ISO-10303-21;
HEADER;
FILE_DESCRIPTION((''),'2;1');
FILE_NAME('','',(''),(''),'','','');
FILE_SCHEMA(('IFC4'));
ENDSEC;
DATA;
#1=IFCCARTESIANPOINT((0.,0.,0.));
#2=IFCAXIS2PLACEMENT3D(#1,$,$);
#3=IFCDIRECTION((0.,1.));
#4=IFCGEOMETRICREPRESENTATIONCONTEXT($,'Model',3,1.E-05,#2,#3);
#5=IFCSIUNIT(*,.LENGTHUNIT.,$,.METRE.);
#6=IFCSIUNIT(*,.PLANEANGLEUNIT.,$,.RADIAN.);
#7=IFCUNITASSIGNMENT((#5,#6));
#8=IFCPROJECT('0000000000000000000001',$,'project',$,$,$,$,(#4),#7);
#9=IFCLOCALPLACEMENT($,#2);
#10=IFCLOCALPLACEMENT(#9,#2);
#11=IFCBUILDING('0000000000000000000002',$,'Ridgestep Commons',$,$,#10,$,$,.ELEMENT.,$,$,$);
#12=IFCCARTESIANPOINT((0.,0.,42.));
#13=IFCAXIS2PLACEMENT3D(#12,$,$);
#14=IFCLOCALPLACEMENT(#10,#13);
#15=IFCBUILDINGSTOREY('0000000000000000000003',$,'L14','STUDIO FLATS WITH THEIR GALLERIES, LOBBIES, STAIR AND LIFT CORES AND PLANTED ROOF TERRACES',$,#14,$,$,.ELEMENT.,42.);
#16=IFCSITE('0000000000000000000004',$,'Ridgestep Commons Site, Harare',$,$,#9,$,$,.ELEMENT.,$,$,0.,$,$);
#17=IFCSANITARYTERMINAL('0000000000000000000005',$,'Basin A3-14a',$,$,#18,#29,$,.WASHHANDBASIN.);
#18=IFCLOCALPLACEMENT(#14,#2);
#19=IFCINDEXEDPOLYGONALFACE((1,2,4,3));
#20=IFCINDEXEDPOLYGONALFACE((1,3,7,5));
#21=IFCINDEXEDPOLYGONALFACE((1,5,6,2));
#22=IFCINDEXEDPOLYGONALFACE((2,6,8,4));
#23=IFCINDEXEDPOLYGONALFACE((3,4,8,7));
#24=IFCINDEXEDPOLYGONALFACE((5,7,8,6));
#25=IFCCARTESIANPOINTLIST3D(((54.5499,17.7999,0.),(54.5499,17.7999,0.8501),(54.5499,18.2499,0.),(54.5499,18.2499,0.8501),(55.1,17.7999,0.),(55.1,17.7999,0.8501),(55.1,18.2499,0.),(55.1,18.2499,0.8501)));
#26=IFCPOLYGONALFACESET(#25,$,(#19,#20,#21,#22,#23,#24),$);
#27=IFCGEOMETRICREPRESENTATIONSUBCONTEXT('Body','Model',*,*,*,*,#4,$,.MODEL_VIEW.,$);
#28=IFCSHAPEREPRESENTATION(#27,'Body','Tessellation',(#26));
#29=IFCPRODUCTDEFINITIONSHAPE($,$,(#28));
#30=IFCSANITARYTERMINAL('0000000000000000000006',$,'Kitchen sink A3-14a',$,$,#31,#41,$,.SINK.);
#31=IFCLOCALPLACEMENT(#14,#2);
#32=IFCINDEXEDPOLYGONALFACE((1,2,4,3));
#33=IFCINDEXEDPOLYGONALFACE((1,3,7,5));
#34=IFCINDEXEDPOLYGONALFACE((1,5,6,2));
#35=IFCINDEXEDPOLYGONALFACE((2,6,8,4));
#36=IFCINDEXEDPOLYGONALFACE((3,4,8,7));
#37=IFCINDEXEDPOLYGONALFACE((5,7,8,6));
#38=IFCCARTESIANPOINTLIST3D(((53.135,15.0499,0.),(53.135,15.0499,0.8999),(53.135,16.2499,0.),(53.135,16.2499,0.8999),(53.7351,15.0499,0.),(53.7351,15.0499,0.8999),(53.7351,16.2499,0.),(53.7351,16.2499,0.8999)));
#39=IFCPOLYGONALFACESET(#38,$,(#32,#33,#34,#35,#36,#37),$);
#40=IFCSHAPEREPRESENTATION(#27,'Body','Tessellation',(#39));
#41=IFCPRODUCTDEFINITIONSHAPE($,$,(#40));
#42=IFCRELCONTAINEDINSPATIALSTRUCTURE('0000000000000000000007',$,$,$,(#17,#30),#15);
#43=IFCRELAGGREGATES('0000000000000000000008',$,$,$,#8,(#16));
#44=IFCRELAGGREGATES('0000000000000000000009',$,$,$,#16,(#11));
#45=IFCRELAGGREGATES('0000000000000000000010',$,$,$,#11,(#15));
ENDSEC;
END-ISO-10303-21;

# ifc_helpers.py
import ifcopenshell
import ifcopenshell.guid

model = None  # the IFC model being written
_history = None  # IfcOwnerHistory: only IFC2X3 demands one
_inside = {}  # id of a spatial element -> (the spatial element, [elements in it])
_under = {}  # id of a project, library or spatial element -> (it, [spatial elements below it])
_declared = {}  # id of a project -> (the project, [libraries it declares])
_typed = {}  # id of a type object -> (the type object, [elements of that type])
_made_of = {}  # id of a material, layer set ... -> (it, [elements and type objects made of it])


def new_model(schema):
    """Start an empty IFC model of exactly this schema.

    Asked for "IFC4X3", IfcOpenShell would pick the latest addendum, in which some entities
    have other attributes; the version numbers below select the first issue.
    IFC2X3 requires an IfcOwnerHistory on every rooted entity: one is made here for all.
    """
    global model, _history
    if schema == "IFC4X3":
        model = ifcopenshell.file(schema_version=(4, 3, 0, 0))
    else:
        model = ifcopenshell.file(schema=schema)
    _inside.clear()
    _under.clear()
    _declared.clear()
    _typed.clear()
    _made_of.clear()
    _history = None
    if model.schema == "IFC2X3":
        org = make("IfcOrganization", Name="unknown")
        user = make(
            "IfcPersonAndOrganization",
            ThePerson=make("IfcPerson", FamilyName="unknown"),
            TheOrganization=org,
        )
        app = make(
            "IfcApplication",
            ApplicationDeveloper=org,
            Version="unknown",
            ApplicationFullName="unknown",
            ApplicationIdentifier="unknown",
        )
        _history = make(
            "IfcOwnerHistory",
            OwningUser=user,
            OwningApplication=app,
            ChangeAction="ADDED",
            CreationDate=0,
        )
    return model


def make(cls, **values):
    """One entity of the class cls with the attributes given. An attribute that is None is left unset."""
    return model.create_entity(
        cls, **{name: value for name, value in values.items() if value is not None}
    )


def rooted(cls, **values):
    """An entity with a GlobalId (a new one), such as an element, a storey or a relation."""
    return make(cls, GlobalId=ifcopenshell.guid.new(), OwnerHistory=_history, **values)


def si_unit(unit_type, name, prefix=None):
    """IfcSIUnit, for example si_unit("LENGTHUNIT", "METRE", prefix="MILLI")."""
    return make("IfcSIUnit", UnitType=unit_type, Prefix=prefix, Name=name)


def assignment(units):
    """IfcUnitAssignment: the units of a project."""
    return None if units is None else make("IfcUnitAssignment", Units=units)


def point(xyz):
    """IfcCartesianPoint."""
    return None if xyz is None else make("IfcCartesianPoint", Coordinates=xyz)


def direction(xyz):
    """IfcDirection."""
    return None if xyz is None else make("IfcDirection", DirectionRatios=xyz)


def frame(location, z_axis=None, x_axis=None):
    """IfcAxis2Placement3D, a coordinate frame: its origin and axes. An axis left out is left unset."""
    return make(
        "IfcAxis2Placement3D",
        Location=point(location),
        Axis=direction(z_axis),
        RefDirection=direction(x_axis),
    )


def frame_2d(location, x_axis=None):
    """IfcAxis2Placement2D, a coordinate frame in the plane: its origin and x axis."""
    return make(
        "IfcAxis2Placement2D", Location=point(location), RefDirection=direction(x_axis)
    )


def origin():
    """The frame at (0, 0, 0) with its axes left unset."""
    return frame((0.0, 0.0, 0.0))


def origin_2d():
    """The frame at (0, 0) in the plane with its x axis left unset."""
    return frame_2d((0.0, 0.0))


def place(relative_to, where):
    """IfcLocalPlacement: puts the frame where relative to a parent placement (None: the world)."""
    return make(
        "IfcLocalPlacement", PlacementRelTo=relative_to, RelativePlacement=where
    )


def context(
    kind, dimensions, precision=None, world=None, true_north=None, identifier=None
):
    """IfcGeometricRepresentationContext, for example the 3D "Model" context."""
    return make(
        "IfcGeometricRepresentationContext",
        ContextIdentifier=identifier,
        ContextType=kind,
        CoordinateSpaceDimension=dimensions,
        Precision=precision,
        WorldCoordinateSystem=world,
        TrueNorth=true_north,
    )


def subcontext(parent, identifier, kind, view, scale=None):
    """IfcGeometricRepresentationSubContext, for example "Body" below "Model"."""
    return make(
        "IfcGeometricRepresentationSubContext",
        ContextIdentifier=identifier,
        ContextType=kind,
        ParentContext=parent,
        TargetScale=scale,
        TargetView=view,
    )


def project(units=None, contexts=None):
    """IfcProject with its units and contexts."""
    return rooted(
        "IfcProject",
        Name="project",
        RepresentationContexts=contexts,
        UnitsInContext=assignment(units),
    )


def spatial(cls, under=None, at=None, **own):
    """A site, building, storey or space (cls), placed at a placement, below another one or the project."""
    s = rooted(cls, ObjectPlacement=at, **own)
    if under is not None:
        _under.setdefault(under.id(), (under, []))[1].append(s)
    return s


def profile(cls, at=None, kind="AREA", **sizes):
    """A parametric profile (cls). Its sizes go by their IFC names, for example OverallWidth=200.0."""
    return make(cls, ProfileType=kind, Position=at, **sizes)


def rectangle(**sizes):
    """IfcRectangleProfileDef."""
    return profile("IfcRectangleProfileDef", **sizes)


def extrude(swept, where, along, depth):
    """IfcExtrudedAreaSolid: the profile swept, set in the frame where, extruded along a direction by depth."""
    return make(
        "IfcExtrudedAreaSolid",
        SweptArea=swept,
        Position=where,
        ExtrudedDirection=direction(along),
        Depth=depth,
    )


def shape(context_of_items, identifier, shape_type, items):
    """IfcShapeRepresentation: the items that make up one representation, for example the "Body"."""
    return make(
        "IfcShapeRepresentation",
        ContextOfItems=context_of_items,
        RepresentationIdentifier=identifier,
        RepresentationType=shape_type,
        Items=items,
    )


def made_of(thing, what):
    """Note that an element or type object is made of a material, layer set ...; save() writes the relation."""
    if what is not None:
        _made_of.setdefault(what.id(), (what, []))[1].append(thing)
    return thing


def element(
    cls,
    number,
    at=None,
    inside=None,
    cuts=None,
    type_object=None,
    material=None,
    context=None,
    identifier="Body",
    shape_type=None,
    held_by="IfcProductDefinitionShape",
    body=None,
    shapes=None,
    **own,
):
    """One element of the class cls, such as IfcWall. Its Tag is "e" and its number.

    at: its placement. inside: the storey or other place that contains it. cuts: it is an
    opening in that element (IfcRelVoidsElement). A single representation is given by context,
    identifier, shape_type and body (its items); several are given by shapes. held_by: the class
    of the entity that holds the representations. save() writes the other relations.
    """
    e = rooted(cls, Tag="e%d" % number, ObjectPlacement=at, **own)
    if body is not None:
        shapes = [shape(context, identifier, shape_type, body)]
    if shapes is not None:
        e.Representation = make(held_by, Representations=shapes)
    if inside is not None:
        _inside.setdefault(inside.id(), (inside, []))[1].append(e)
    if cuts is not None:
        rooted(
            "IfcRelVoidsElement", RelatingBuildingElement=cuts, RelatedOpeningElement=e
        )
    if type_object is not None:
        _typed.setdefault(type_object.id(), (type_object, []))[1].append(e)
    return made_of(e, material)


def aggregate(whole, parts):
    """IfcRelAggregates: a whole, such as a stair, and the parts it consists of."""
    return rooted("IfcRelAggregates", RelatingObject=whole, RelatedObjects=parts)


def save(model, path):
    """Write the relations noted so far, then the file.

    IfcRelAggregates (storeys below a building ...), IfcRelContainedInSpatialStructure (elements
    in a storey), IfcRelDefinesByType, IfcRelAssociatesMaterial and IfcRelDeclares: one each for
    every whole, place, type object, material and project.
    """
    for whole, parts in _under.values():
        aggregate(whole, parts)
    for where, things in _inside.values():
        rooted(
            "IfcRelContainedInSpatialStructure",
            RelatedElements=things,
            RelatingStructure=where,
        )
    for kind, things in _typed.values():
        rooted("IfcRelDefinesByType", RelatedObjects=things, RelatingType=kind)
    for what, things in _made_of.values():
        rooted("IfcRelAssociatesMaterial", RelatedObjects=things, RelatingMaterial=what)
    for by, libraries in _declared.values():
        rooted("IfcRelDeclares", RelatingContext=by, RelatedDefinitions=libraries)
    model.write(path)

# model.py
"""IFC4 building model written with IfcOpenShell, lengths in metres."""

from ifc_helpers import new_model, si_unit, direction, frame, origin, origin_2d, place, context, subcontext, project, spatial, rectangle, extrude, element, save


model = new_model("IFC4")

# Units and contexts
model_context = context("Model", 3, precision=1e-05, world=origin(), true_north=direction((0.0, 1.0)))
body_context = subcontext(model_context, "Body", "Model", "MODEL_VIEW")
ifc_project = project(units=[si_unit("LENGTHUNIT", "METRE"), si_unit("PLANEANGLEUNIT", "RADIAN")], contexts=[model_context])

# Site, building, storey
site_placement = place(None, origin())
site = spatial("IfcSite", under=ifc_project, at=site_placement, Name="Ridgestep Commons Site, Harare", CompositionType="ELEMENT", RefElevation=0.0)
building_placement = place(site_placement, origin())
building = spatial("IfcBuilding", under=site, at=building_placement, Name="Ridgestep Commons", CompositionType="ELEMENT")
storey_placement = place(building_placement, frame((0.0, 0.0, 42.0)))
storey = spatial("IfcBuildingStorey", under=building, at=storey_placement, Name="L14", Description="STUDIO FLATS WITH THEIR GALLERIES, LOBBIES, STAIR AND LIFT CORES AND PLANTED ROOF TERRACES", CompositionType="ELEMENT", Elevation=42.0)

# Sanitary terminals
sanitary_terminal_1_placement = place(storey_placement, frame((54.825, 18.0249, 0.0), z_axis=(0.0, 0.0, 1.0), x_axis=(1.0, 0.0, 0.0)))
element("IfcSanitaryTerminal", 1, at=sanitary_terminal_1_placement, inside=storey, Name="Basin A3-14a", PredefinedType="WASHHANDBASIN", context=body_context, shape_type="SweptSolid", body=[
    extrude(rectangle(XDim=0.55, YDim=0.45, at=origin_2d()), origin(), (0.0, 0.0, 1.0), 0.8501),
])
sanitary_terminal_2_placement = place(storey_placement, frame((53.4351, 15.6499, 0.0), z_axis=(0.0, 0.0, 1.0), x_axis=(1.0, 0.0, 0.0)))
element("IfcSanitaryTerminal", 2, at=sanitary_terminal_2_placement, inside=storey, Name="Kitchen sink A3-14a", PredefinedType="SINK", context=body_context, shape_type="SweptSolid", body=[
    extrude(rectangle(XDim=0.6001, YDim=1.2, at=origin_2d()), origin(), (0.0, 0.0, 1.0), 0.8999),
])

save(model, "model.ifc")
